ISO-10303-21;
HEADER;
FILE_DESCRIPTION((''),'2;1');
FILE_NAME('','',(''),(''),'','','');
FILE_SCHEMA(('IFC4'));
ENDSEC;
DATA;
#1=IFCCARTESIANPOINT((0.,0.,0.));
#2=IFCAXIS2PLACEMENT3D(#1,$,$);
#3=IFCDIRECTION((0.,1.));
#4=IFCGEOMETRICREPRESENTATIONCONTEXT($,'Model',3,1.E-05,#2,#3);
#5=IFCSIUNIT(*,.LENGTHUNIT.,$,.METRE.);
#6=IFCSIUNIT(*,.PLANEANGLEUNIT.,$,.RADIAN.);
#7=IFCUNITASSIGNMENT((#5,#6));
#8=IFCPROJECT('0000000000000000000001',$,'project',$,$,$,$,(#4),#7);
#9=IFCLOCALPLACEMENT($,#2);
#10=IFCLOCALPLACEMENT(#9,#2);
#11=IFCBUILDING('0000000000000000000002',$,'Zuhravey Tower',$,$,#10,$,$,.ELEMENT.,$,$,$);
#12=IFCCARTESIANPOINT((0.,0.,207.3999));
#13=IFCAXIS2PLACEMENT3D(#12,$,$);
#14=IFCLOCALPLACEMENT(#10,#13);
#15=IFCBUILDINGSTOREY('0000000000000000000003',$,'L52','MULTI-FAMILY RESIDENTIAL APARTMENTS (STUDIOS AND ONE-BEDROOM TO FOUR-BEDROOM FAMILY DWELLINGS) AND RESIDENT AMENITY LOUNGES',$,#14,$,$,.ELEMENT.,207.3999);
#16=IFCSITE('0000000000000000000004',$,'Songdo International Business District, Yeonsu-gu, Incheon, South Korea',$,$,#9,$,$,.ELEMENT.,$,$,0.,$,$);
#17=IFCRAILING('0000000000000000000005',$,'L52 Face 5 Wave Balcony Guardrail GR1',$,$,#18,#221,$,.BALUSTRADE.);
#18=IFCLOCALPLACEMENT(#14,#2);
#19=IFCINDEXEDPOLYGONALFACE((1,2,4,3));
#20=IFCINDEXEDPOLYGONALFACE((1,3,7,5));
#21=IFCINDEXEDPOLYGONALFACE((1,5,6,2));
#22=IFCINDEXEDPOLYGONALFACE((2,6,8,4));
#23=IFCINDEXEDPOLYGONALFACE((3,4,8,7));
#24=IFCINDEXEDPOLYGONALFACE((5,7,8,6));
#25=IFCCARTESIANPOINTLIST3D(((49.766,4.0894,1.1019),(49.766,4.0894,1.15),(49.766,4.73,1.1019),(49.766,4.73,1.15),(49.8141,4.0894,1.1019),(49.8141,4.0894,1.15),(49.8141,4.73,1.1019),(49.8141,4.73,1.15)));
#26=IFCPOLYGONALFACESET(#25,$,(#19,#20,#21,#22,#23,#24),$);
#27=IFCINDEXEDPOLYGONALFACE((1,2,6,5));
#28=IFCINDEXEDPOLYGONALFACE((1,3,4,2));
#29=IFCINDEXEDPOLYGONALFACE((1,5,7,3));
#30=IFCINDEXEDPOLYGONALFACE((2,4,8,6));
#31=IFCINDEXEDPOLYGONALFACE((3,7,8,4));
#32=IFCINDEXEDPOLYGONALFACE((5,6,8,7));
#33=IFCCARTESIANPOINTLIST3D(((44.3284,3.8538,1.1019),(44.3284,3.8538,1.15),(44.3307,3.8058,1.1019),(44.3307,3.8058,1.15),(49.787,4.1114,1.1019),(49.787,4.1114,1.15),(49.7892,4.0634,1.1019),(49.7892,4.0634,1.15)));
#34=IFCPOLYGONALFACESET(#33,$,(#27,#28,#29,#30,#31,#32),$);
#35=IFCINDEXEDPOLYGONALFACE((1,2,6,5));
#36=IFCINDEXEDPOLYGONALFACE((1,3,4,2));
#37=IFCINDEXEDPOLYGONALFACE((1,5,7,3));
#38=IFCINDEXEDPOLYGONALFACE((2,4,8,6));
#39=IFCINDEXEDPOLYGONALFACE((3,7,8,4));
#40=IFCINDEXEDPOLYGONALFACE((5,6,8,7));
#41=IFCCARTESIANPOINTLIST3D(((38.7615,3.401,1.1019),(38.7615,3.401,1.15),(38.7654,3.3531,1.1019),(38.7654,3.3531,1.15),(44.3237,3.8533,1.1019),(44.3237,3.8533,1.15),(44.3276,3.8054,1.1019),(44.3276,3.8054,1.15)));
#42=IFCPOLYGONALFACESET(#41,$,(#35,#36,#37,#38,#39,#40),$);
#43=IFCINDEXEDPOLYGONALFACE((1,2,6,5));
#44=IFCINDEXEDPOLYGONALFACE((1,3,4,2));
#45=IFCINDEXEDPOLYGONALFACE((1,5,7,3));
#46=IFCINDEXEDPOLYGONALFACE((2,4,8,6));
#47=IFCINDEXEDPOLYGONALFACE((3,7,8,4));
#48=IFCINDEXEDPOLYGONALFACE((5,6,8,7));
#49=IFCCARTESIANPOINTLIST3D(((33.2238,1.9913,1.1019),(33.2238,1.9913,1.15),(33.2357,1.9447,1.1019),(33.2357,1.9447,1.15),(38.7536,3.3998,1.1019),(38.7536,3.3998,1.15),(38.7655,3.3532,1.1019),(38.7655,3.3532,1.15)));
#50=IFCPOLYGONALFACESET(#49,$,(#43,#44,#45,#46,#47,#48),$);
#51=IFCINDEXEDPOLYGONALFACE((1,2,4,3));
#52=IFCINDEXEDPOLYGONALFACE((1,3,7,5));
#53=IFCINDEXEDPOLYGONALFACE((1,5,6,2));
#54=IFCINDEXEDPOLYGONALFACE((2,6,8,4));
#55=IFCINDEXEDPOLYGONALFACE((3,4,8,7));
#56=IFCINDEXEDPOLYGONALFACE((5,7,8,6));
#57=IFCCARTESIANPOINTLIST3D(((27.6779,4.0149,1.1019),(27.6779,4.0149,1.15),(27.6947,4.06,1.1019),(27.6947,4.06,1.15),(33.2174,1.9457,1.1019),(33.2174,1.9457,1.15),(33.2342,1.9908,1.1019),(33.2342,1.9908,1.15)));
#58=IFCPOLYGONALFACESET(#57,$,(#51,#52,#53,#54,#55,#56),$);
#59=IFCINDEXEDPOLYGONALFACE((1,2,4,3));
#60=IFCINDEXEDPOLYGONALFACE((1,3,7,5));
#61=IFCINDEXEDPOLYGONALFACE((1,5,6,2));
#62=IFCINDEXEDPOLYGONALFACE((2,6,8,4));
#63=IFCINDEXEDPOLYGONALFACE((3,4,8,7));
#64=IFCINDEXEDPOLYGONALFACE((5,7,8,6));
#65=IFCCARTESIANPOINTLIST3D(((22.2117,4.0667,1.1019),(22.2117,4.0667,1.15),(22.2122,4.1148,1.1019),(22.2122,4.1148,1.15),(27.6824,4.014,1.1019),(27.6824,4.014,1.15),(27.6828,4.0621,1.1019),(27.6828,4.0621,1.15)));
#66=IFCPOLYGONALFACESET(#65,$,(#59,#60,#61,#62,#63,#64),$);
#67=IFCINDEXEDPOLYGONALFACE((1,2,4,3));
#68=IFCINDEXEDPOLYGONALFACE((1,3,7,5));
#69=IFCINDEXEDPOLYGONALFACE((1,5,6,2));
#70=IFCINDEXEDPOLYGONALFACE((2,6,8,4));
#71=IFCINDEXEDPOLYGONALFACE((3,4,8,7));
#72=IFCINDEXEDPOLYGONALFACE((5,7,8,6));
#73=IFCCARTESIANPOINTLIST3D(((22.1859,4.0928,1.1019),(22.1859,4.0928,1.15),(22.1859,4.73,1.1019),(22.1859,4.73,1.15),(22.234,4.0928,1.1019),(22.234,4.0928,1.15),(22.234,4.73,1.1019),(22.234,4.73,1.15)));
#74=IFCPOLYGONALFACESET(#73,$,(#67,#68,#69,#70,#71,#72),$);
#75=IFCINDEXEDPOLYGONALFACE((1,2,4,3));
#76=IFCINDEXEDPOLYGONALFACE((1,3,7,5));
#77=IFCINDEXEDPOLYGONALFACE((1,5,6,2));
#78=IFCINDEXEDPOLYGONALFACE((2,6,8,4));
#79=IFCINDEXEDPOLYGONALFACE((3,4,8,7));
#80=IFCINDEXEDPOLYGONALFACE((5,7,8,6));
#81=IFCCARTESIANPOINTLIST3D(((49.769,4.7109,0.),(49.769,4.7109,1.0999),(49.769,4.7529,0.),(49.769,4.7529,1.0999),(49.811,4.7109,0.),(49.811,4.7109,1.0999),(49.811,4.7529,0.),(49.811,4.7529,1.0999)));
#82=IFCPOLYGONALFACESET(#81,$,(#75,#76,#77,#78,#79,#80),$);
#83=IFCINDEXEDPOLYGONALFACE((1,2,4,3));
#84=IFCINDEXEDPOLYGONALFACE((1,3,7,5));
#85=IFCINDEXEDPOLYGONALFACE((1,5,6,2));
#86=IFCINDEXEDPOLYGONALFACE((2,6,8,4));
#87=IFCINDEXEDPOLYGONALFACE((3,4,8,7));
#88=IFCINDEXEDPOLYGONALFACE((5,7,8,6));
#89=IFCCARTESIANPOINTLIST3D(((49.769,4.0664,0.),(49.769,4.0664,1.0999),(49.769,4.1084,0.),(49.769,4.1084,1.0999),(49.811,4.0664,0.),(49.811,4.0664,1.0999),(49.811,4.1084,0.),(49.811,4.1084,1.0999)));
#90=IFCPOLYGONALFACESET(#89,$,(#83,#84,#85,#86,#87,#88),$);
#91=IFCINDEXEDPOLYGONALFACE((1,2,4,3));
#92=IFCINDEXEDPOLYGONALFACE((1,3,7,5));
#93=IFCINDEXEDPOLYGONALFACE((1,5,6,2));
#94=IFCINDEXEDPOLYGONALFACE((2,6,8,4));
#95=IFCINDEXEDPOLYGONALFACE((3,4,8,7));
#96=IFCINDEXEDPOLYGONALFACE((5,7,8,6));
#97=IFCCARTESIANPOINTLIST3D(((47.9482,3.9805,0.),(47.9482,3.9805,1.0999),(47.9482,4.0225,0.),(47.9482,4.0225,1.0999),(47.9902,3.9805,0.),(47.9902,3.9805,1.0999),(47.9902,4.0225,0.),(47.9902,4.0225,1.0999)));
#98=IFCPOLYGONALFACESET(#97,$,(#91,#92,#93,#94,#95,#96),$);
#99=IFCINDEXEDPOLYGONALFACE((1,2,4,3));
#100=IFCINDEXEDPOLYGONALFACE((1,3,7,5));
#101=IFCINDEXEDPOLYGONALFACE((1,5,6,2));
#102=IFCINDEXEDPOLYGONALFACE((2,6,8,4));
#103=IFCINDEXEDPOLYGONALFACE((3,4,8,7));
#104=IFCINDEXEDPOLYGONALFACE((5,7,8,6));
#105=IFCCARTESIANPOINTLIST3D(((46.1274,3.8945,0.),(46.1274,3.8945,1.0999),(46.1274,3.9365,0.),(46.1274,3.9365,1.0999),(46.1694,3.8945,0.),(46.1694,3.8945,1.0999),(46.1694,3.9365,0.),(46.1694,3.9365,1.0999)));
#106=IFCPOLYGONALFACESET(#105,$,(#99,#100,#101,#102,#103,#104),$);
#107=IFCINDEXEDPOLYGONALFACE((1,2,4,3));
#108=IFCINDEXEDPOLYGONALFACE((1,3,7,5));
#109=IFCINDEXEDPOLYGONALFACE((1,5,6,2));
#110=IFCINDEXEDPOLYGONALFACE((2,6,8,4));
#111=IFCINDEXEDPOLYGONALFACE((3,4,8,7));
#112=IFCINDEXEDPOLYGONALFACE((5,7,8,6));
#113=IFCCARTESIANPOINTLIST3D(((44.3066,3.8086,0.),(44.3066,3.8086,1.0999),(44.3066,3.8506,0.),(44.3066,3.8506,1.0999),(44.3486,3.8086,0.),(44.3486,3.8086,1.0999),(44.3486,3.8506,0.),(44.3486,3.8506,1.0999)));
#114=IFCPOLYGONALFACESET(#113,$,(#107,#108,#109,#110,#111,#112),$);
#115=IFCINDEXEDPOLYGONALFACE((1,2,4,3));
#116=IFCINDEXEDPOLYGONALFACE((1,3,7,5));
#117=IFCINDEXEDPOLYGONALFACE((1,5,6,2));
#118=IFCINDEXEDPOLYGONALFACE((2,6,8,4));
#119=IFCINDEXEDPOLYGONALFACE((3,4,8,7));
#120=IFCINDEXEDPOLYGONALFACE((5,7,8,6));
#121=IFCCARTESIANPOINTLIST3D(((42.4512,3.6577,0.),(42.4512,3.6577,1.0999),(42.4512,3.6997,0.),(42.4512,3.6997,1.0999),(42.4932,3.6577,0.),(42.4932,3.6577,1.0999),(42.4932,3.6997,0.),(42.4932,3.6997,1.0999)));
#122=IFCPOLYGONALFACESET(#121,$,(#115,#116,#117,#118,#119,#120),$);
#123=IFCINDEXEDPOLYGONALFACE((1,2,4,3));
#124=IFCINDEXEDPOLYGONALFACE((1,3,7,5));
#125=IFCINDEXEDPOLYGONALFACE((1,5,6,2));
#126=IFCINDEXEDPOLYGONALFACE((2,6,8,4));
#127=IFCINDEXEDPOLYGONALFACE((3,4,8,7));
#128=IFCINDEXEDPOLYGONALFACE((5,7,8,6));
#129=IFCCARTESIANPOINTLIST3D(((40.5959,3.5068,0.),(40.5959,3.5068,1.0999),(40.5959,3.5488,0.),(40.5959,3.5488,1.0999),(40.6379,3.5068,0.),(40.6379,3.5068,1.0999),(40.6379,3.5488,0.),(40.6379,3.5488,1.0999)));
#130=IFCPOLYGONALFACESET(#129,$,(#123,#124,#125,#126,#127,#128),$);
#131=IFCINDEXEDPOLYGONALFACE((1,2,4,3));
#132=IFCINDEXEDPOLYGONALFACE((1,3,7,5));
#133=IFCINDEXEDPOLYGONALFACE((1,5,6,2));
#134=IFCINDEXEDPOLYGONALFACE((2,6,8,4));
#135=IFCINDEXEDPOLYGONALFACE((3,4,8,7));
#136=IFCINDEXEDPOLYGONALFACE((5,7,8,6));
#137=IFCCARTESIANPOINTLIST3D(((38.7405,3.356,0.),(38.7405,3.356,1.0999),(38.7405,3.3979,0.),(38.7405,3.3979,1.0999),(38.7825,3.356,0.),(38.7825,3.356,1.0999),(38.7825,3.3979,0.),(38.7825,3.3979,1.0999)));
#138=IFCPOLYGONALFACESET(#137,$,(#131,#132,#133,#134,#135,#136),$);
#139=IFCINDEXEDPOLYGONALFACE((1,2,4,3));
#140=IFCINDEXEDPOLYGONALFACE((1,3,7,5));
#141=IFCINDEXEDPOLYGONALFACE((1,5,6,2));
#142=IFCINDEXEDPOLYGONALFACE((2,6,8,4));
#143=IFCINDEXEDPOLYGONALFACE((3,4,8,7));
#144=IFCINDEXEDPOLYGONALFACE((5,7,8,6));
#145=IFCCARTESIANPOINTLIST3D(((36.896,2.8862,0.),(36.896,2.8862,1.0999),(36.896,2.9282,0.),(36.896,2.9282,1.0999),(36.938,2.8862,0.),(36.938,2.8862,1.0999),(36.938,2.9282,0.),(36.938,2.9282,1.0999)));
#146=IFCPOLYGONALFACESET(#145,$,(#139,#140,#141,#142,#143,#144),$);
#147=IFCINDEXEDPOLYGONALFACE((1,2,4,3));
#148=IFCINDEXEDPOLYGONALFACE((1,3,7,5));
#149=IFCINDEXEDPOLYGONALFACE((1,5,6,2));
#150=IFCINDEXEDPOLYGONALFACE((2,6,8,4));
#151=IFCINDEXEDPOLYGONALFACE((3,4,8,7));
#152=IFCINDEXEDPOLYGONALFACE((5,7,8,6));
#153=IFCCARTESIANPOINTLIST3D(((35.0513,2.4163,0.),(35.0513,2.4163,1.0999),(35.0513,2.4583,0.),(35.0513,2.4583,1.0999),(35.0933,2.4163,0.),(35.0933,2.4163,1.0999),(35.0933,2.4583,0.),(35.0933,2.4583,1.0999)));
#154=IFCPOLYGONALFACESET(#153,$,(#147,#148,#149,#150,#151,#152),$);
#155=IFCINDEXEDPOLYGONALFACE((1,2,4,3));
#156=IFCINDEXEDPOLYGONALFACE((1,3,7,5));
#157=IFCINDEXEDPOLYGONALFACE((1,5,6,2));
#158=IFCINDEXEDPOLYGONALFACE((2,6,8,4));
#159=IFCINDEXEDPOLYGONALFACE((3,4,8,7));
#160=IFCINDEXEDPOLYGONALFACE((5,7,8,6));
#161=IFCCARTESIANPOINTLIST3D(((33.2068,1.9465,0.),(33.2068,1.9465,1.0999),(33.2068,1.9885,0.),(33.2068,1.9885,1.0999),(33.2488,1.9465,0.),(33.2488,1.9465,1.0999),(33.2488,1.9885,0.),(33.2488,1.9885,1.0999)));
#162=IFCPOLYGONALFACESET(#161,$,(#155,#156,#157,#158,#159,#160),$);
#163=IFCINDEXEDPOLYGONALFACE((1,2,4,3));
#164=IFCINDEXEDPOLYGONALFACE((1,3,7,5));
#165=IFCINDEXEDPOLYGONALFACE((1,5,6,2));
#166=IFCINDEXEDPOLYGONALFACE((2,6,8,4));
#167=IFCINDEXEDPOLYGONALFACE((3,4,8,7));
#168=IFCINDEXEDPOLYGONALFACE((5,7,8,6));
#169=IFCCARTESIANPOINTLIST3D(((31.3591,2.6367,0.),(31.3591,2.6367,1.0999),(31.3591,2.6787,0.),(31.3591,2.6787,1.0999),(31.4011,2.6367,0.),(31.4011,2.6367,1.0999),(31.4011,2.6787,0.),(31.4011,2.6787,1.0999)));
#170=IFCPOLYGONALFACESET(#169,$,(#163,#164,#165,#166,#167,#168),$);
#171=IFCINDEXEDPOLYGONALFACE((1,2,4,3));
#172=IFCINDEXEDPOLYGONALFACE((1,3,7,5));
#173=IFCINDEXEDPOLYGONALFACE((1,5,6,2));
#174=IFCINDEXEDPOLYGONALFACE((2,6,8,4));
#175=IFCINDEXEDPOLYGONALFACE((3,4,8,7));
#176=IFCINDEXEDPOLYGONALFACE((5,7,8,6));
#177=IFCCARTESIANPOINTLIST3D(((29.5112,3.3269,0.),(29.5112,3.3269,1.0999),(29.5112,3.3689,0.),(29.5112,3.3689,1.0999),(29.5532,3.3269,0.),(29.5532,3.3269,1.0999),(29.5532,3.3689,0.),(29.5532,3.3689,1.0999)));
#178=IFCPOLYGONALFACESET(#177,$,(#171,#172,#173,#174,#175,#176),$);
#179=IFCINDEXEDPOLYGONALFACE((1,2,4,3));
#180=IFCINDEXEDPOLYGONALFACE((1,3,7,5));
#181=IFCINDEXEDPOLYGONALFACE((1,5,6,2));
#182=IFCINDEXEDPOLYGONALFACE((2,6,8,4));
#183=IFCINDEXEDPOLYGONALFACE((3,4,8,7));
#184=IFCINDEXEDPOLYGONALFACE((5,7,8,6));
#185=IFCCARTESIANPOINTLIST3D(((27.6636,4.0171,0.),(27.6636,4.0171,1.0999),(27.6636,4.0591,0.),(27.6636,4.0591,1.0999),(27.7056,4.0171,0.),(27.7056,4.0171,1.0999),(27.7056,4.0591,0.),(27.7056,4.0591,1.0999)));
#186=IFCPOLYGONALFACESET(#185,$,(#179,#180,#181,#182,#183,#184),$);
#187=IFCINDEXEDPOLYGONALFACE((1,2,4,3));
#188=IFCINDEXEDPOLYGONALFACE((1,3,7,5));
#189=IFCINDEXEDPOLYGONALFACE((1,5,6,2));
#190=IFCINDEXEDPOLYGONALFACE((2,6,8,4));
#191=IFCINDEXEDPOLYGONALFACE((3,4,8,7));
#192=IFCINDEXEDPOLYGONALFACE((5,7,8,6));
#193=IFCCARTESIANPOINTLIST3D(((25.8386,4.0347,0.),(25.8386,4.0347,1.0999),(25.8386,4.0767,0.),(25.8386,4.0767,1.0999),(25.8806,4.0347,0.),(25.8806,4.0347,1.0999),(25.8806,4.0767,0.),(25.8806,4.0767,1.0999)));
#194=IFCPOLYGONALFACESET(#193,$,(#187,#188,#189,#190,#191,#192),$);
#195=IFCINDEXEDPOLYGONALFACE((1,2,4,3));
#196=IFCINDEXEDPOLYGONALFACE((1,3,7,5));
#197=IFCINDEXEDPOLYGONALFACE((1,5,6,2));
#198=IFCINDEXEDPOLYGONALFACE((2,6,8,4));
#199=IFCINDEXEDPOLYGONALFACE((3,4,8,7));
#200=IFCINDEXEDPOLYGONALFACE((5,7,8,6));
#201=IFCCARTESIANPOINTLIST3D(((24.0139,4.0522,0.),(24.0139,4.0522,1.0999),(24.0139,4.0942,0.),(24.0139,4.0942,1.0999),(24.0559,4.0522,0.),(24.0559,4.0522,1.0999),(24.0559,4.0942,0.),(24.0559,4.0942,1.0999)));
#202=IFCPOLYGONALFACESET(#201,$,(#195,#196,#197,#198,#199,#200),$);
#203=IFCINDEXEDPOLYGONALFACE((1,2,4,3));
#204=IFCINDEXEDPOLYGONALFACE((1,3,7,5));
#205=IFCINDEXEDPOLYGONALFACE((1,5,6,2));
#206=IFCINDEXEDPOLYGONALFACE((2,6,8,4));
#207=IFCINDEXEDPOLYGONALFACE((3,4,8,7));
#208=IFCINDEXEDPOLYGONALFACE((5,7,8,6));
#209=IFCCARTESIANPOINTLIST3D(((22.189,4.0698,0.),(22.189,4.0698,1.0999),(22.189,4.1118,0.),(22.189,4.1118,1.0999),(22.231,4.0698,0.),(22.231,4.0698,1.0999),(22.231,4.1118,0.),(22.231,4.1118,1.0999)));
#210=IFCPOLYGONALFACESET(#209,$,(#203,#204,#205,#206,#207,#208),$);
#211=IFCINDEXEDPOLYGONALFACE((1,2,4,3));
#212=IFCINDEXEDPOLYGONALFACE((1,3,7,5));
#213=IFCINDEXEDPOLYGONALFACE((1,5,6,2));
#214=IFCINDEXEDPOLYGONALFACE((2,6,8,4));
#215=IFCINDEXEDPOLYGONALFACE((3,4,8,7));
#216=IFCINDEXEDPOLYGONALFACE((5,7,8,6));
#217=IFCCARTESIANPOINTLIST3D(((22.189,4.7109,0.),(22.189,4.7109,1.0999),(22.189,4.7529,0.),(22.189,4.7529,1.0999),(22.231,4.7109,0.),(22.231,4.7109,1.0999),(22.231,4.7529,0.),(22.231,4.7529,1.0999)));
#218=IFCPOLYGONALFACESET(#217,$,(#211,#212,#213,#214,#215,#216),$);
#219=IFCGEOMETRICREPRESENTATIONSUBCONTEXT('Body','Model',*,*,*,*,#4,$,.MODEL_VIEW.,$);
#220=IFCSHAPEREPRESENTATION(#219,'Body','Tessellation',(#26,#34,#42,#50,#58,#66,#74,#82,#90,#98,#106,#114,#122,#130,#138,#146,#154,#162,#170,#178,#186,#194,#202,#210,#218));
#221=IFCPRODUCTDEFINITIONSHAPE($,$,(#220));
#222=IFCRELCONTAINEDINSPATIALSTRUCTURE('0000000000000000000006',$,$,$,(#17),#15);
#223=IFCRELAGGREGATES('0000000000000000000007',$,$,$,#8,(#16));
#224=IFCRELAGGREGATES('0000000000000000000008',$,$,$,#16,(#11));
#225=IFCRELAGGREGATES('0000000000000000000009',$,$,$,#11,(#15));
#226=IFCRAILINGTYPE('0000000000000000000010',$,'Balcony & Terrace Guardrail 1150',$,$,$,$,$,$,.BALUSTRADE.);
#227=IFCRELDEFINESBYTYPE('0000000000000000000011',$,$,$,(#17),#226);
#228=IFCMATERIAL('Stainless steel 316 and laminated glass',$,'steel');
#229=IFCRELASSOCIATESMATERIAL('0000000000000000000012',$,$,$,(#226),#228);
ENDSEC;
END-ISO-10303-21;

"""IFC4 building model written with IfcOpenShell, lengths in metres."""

from ifc_helpers import new_model, si_unit, direction, frame, origin, origin_2d, place, context, subcontext, project, spatial, rectangle, extrude, material, type_object, element, save


model = new_model("IFC4")

# Units and contexts
model_context = context("Model", 3, precision=1e-05, world=origin(), true_north=direction((0.0, 1.0)))
body_context = subcontext(model_context, "Body", "Model", "MODEL_VIEW")
ifc_project = project(units=[si_unit("LENGTHUNIT", "METRE"), si_unit("PLANEANGLEUNIT", "RADIAN")], contexts=[model_context])

# Site, building, storey
site_placement = place(None, origin())
site = spatial("IfcSite", under=ifc_project, at=site_placement, Name="Songdo International Business District, Yeonsu-gu, Incheon, South Korea", CompositionType="ELEMENT", RefElevation=0.0)
building_placement = place(site_placement, origin())
building = spatial("IfcBuilding", under=site, at=building_placement, Name="Zuhravey Tower", CompositionType="ELEMENT")
storey_placement = place(building_placement, frame((0.0, 0.0, 207.3999)))
storey = spatial("IfcBuildingStorey", under=building, at=storey_placement, Name="L52", Description="MULTI-FAMILY RESIDENTIAL APARTMENTS (STUDIOS AND ONE-BEDROOM TO FOUR-BEDROOM FAMILY DWELLINGS) AND RESIDENT AMENITY LOUNGES", CompositionType="ELEMENT", Elevation=207.3999)

# Railing
ifc_material_1 = material(Name="Stainless steel 316 and laminated glass", Category="steel")
railing_type = type_object("IfcRailingType", Name="Balcony & Terrace Guardrail 1150", PredefinedType="BALUSTRADE", material=ifc_material_1)
railing_placement = place(storey_placement, frame((49.79, 4.7319, 0.0)))
element("IfcRailing", 1, at=railing_placement, inside=storey, type_object=railing_type, Name="L52 Face 5 Wave Balcony Guardrail GR1", PredefinedType="BALUSTRADE", context=body_context, shape_type="SweptSolid", body=[
    extrude(rectangle(XDim=0.0481, YDim=0.0481, at=origin_2d()), frame((0.0, -0.002, 1.126), z_axis=(0.0, -1.0, 0.0), x_axis=(1.0, 0.0, 0.0)), (0.0, 0.0, 1.0), 0.6406),
    extrude(rectangle(XDim=0.0481, YDim=0.0481, at=origin_2d()), frame((-0.002, -0.6445, 1.126), z_axis=(-0.998888, -0.047145, 0.0), x_axis=(0.047145, -0.998888, 0.0)), (0.0, 0.0, 1.0), 5.4646),
    extrude(rectangle(XDim=0.0481, YDim=0.0481, at=origin_2d()), frame((-5.4644, -0.9026, 1.126), z_axis=(-0.99671, -0.081052, 0.0), x_axis=(0.081052, -0.99671, 0.0)), (0.0, 0.0, 1.0), 5.5806),
    extrude(rectangle(XDim=0.0481, YDim=0.0481, at=origin_2d()), frame((-11.0305, -1.3555, 1.126), z_axis=(-0.969062, -0.246819, 0.0), x_axis=(0.246819, -0.969062, 0.0)), (0.0, 0.0, 1.0), 5.7063),
    extrude(rectangle(XDim=0.0481, YDim=0.0481, at=origin_2d()), frame((-16.5642, -2.7637, 1.126), z_axis=(-0.936781, 0.349916, 0.0), x_axis=(-0.349916, -0.936781, 0.0)), (0.0, 0.0, 1.0), 5.9133),
    extrude(rectangle(XDim=0.0481, YDim=0.0481, at=origin_2d()), frame((-22.1074, -0.6938, 1.126), z_axis=(-0.999954, 0.009632, 0.0), x_axis=(-0.009632, -0.999954, 0.0)), (0.0, 0.0, 1.0), 5.4709),
    extrude(rectangle(XDim=0.0481, YDim=0.0481, at=origin_2d()), frame((-27.5801, -0.6392, 1.126), z_axis=(0.0, 1.0, 0.0), x_axis=(-1.0, 0.0, 0.0)), (0.0, 0.0, 1.0), 0.6372),
    extrude(rectangle(XDim=0.042, YDim=0.042, at=origin_2d()), origin(), (0.0, 0.0, 1.0), 1.0999),
    extrude(rectangle(XDim=0.042, YDim=0.042, at=origin_2d()), frame((0.0, -0.6445, 0.0)), (0.0, 0.0, 1.0), 1.0999),
    extrude(rectangle(XDim=0.042, YDim=0.042, at=origin_2d()), frame((-1.8208, -0.7305, 0.0)), (0.0, 0.0, 1.0), 1.0999),
    extrude(rectangle(XDim=0.042, YDim=0.042, at=origin_2d()), frame((-3.6416, -0.8164, 0.0)), (0.0, 0.0, 1.0), 1.0999),
    extrude(rectangle(XDim=0.042, YDim=0.042, at=origin_2d()), frame((-5.4624, -0.9023, 0.0)), (0.0, 0.0, 1.0), 1.0999),
    extrude(rectangle(XDim=0.042, YDim=0.042, at=origin_2d()), frame((-7.3179, -1.0532, 0.0)), (0.0, 0.0, 1.0), 1.0999),
    extrude(rectangle(XDim=0.042, YDim=0.042, at=origin_2d()), frame((-9.1731, -1.2041, 0.0)), (0.0, 0.0, 1.0), 1.0999),
    extrude(rectangle(XDim=0.042, YDim=0.042, at=origin_2d()), frame((-11.0286, -1.355, 0.0)), (0.0, 0.0, 1.0), 1.0999),
    extrude(rectangle(XDim=0.042, YDim=0.042, at=origin_2d()), frame((-12.873, -1.8247, 0.0)), (0.0, 0.0, 1.0), 1.0999),
    extrude(rectangle(XDim=0.042, YDim=0.042, at=origin_2d()), frame((-14.7178, -2.2947, 0.0)), (0.0, 0.0, 1.0), 1.0999),
    extrude(rectangle(XDim=0.042, YDim=0.042, at=origin_2d()), frame((-16.5623, -2.7644, 0.0)), (0.0, 0.0, 1.0), 1.0999),
    extrude(rectangle(XDim=0.042, YDim=0.042, at=origin_2d()), frame((-18.4099, -2.0742, 0.0)), (0.0, 0.0, 1.0), 1.0999),
    extrude(rectangle(XDim=0.042, YDim=0.042, at=origin_2d()), frame((-20.2578, -1.384, 0.0)), (0.0, 0.0, 1.0), 1.0999),
    extrude(rectangle(XDim=0.042, YDim=0.042, at=origin_2d()), frame((-22.1055, -0.6938, 0.0)), (0.0, 0.0, 1.0), 1.0999),
    extrude(rectangle(XDim=0.042, YDim=0.042, at=origin_2d()), frame((-23.9304, -0.6763, 0.0)), (0.0, 0.0, 1.0), 1.0999),
    extrude(rectangle(XDim=0.042, YDim=0.042, at=origin_2d()), frame((-25.7551, -0.6587, 0.0)), (0.0, 0.0, 1.0), 1.0999),
    extrude(rectangle(XDim=0.042, YDim=0.042, at=origin_2d()), frame((-27.5801, -0.6411, 0.0)), (0.0, 0.0, 1.0), 1.0999),
    extrude(rectangle(XDim=0.042, YDim=0.042, at=origin_2d()), frame((-27.5801, 0.0, 0.0)), (0.0, 0.0, 1.0), 1.0999),
])

save(model, "model.ifc")
